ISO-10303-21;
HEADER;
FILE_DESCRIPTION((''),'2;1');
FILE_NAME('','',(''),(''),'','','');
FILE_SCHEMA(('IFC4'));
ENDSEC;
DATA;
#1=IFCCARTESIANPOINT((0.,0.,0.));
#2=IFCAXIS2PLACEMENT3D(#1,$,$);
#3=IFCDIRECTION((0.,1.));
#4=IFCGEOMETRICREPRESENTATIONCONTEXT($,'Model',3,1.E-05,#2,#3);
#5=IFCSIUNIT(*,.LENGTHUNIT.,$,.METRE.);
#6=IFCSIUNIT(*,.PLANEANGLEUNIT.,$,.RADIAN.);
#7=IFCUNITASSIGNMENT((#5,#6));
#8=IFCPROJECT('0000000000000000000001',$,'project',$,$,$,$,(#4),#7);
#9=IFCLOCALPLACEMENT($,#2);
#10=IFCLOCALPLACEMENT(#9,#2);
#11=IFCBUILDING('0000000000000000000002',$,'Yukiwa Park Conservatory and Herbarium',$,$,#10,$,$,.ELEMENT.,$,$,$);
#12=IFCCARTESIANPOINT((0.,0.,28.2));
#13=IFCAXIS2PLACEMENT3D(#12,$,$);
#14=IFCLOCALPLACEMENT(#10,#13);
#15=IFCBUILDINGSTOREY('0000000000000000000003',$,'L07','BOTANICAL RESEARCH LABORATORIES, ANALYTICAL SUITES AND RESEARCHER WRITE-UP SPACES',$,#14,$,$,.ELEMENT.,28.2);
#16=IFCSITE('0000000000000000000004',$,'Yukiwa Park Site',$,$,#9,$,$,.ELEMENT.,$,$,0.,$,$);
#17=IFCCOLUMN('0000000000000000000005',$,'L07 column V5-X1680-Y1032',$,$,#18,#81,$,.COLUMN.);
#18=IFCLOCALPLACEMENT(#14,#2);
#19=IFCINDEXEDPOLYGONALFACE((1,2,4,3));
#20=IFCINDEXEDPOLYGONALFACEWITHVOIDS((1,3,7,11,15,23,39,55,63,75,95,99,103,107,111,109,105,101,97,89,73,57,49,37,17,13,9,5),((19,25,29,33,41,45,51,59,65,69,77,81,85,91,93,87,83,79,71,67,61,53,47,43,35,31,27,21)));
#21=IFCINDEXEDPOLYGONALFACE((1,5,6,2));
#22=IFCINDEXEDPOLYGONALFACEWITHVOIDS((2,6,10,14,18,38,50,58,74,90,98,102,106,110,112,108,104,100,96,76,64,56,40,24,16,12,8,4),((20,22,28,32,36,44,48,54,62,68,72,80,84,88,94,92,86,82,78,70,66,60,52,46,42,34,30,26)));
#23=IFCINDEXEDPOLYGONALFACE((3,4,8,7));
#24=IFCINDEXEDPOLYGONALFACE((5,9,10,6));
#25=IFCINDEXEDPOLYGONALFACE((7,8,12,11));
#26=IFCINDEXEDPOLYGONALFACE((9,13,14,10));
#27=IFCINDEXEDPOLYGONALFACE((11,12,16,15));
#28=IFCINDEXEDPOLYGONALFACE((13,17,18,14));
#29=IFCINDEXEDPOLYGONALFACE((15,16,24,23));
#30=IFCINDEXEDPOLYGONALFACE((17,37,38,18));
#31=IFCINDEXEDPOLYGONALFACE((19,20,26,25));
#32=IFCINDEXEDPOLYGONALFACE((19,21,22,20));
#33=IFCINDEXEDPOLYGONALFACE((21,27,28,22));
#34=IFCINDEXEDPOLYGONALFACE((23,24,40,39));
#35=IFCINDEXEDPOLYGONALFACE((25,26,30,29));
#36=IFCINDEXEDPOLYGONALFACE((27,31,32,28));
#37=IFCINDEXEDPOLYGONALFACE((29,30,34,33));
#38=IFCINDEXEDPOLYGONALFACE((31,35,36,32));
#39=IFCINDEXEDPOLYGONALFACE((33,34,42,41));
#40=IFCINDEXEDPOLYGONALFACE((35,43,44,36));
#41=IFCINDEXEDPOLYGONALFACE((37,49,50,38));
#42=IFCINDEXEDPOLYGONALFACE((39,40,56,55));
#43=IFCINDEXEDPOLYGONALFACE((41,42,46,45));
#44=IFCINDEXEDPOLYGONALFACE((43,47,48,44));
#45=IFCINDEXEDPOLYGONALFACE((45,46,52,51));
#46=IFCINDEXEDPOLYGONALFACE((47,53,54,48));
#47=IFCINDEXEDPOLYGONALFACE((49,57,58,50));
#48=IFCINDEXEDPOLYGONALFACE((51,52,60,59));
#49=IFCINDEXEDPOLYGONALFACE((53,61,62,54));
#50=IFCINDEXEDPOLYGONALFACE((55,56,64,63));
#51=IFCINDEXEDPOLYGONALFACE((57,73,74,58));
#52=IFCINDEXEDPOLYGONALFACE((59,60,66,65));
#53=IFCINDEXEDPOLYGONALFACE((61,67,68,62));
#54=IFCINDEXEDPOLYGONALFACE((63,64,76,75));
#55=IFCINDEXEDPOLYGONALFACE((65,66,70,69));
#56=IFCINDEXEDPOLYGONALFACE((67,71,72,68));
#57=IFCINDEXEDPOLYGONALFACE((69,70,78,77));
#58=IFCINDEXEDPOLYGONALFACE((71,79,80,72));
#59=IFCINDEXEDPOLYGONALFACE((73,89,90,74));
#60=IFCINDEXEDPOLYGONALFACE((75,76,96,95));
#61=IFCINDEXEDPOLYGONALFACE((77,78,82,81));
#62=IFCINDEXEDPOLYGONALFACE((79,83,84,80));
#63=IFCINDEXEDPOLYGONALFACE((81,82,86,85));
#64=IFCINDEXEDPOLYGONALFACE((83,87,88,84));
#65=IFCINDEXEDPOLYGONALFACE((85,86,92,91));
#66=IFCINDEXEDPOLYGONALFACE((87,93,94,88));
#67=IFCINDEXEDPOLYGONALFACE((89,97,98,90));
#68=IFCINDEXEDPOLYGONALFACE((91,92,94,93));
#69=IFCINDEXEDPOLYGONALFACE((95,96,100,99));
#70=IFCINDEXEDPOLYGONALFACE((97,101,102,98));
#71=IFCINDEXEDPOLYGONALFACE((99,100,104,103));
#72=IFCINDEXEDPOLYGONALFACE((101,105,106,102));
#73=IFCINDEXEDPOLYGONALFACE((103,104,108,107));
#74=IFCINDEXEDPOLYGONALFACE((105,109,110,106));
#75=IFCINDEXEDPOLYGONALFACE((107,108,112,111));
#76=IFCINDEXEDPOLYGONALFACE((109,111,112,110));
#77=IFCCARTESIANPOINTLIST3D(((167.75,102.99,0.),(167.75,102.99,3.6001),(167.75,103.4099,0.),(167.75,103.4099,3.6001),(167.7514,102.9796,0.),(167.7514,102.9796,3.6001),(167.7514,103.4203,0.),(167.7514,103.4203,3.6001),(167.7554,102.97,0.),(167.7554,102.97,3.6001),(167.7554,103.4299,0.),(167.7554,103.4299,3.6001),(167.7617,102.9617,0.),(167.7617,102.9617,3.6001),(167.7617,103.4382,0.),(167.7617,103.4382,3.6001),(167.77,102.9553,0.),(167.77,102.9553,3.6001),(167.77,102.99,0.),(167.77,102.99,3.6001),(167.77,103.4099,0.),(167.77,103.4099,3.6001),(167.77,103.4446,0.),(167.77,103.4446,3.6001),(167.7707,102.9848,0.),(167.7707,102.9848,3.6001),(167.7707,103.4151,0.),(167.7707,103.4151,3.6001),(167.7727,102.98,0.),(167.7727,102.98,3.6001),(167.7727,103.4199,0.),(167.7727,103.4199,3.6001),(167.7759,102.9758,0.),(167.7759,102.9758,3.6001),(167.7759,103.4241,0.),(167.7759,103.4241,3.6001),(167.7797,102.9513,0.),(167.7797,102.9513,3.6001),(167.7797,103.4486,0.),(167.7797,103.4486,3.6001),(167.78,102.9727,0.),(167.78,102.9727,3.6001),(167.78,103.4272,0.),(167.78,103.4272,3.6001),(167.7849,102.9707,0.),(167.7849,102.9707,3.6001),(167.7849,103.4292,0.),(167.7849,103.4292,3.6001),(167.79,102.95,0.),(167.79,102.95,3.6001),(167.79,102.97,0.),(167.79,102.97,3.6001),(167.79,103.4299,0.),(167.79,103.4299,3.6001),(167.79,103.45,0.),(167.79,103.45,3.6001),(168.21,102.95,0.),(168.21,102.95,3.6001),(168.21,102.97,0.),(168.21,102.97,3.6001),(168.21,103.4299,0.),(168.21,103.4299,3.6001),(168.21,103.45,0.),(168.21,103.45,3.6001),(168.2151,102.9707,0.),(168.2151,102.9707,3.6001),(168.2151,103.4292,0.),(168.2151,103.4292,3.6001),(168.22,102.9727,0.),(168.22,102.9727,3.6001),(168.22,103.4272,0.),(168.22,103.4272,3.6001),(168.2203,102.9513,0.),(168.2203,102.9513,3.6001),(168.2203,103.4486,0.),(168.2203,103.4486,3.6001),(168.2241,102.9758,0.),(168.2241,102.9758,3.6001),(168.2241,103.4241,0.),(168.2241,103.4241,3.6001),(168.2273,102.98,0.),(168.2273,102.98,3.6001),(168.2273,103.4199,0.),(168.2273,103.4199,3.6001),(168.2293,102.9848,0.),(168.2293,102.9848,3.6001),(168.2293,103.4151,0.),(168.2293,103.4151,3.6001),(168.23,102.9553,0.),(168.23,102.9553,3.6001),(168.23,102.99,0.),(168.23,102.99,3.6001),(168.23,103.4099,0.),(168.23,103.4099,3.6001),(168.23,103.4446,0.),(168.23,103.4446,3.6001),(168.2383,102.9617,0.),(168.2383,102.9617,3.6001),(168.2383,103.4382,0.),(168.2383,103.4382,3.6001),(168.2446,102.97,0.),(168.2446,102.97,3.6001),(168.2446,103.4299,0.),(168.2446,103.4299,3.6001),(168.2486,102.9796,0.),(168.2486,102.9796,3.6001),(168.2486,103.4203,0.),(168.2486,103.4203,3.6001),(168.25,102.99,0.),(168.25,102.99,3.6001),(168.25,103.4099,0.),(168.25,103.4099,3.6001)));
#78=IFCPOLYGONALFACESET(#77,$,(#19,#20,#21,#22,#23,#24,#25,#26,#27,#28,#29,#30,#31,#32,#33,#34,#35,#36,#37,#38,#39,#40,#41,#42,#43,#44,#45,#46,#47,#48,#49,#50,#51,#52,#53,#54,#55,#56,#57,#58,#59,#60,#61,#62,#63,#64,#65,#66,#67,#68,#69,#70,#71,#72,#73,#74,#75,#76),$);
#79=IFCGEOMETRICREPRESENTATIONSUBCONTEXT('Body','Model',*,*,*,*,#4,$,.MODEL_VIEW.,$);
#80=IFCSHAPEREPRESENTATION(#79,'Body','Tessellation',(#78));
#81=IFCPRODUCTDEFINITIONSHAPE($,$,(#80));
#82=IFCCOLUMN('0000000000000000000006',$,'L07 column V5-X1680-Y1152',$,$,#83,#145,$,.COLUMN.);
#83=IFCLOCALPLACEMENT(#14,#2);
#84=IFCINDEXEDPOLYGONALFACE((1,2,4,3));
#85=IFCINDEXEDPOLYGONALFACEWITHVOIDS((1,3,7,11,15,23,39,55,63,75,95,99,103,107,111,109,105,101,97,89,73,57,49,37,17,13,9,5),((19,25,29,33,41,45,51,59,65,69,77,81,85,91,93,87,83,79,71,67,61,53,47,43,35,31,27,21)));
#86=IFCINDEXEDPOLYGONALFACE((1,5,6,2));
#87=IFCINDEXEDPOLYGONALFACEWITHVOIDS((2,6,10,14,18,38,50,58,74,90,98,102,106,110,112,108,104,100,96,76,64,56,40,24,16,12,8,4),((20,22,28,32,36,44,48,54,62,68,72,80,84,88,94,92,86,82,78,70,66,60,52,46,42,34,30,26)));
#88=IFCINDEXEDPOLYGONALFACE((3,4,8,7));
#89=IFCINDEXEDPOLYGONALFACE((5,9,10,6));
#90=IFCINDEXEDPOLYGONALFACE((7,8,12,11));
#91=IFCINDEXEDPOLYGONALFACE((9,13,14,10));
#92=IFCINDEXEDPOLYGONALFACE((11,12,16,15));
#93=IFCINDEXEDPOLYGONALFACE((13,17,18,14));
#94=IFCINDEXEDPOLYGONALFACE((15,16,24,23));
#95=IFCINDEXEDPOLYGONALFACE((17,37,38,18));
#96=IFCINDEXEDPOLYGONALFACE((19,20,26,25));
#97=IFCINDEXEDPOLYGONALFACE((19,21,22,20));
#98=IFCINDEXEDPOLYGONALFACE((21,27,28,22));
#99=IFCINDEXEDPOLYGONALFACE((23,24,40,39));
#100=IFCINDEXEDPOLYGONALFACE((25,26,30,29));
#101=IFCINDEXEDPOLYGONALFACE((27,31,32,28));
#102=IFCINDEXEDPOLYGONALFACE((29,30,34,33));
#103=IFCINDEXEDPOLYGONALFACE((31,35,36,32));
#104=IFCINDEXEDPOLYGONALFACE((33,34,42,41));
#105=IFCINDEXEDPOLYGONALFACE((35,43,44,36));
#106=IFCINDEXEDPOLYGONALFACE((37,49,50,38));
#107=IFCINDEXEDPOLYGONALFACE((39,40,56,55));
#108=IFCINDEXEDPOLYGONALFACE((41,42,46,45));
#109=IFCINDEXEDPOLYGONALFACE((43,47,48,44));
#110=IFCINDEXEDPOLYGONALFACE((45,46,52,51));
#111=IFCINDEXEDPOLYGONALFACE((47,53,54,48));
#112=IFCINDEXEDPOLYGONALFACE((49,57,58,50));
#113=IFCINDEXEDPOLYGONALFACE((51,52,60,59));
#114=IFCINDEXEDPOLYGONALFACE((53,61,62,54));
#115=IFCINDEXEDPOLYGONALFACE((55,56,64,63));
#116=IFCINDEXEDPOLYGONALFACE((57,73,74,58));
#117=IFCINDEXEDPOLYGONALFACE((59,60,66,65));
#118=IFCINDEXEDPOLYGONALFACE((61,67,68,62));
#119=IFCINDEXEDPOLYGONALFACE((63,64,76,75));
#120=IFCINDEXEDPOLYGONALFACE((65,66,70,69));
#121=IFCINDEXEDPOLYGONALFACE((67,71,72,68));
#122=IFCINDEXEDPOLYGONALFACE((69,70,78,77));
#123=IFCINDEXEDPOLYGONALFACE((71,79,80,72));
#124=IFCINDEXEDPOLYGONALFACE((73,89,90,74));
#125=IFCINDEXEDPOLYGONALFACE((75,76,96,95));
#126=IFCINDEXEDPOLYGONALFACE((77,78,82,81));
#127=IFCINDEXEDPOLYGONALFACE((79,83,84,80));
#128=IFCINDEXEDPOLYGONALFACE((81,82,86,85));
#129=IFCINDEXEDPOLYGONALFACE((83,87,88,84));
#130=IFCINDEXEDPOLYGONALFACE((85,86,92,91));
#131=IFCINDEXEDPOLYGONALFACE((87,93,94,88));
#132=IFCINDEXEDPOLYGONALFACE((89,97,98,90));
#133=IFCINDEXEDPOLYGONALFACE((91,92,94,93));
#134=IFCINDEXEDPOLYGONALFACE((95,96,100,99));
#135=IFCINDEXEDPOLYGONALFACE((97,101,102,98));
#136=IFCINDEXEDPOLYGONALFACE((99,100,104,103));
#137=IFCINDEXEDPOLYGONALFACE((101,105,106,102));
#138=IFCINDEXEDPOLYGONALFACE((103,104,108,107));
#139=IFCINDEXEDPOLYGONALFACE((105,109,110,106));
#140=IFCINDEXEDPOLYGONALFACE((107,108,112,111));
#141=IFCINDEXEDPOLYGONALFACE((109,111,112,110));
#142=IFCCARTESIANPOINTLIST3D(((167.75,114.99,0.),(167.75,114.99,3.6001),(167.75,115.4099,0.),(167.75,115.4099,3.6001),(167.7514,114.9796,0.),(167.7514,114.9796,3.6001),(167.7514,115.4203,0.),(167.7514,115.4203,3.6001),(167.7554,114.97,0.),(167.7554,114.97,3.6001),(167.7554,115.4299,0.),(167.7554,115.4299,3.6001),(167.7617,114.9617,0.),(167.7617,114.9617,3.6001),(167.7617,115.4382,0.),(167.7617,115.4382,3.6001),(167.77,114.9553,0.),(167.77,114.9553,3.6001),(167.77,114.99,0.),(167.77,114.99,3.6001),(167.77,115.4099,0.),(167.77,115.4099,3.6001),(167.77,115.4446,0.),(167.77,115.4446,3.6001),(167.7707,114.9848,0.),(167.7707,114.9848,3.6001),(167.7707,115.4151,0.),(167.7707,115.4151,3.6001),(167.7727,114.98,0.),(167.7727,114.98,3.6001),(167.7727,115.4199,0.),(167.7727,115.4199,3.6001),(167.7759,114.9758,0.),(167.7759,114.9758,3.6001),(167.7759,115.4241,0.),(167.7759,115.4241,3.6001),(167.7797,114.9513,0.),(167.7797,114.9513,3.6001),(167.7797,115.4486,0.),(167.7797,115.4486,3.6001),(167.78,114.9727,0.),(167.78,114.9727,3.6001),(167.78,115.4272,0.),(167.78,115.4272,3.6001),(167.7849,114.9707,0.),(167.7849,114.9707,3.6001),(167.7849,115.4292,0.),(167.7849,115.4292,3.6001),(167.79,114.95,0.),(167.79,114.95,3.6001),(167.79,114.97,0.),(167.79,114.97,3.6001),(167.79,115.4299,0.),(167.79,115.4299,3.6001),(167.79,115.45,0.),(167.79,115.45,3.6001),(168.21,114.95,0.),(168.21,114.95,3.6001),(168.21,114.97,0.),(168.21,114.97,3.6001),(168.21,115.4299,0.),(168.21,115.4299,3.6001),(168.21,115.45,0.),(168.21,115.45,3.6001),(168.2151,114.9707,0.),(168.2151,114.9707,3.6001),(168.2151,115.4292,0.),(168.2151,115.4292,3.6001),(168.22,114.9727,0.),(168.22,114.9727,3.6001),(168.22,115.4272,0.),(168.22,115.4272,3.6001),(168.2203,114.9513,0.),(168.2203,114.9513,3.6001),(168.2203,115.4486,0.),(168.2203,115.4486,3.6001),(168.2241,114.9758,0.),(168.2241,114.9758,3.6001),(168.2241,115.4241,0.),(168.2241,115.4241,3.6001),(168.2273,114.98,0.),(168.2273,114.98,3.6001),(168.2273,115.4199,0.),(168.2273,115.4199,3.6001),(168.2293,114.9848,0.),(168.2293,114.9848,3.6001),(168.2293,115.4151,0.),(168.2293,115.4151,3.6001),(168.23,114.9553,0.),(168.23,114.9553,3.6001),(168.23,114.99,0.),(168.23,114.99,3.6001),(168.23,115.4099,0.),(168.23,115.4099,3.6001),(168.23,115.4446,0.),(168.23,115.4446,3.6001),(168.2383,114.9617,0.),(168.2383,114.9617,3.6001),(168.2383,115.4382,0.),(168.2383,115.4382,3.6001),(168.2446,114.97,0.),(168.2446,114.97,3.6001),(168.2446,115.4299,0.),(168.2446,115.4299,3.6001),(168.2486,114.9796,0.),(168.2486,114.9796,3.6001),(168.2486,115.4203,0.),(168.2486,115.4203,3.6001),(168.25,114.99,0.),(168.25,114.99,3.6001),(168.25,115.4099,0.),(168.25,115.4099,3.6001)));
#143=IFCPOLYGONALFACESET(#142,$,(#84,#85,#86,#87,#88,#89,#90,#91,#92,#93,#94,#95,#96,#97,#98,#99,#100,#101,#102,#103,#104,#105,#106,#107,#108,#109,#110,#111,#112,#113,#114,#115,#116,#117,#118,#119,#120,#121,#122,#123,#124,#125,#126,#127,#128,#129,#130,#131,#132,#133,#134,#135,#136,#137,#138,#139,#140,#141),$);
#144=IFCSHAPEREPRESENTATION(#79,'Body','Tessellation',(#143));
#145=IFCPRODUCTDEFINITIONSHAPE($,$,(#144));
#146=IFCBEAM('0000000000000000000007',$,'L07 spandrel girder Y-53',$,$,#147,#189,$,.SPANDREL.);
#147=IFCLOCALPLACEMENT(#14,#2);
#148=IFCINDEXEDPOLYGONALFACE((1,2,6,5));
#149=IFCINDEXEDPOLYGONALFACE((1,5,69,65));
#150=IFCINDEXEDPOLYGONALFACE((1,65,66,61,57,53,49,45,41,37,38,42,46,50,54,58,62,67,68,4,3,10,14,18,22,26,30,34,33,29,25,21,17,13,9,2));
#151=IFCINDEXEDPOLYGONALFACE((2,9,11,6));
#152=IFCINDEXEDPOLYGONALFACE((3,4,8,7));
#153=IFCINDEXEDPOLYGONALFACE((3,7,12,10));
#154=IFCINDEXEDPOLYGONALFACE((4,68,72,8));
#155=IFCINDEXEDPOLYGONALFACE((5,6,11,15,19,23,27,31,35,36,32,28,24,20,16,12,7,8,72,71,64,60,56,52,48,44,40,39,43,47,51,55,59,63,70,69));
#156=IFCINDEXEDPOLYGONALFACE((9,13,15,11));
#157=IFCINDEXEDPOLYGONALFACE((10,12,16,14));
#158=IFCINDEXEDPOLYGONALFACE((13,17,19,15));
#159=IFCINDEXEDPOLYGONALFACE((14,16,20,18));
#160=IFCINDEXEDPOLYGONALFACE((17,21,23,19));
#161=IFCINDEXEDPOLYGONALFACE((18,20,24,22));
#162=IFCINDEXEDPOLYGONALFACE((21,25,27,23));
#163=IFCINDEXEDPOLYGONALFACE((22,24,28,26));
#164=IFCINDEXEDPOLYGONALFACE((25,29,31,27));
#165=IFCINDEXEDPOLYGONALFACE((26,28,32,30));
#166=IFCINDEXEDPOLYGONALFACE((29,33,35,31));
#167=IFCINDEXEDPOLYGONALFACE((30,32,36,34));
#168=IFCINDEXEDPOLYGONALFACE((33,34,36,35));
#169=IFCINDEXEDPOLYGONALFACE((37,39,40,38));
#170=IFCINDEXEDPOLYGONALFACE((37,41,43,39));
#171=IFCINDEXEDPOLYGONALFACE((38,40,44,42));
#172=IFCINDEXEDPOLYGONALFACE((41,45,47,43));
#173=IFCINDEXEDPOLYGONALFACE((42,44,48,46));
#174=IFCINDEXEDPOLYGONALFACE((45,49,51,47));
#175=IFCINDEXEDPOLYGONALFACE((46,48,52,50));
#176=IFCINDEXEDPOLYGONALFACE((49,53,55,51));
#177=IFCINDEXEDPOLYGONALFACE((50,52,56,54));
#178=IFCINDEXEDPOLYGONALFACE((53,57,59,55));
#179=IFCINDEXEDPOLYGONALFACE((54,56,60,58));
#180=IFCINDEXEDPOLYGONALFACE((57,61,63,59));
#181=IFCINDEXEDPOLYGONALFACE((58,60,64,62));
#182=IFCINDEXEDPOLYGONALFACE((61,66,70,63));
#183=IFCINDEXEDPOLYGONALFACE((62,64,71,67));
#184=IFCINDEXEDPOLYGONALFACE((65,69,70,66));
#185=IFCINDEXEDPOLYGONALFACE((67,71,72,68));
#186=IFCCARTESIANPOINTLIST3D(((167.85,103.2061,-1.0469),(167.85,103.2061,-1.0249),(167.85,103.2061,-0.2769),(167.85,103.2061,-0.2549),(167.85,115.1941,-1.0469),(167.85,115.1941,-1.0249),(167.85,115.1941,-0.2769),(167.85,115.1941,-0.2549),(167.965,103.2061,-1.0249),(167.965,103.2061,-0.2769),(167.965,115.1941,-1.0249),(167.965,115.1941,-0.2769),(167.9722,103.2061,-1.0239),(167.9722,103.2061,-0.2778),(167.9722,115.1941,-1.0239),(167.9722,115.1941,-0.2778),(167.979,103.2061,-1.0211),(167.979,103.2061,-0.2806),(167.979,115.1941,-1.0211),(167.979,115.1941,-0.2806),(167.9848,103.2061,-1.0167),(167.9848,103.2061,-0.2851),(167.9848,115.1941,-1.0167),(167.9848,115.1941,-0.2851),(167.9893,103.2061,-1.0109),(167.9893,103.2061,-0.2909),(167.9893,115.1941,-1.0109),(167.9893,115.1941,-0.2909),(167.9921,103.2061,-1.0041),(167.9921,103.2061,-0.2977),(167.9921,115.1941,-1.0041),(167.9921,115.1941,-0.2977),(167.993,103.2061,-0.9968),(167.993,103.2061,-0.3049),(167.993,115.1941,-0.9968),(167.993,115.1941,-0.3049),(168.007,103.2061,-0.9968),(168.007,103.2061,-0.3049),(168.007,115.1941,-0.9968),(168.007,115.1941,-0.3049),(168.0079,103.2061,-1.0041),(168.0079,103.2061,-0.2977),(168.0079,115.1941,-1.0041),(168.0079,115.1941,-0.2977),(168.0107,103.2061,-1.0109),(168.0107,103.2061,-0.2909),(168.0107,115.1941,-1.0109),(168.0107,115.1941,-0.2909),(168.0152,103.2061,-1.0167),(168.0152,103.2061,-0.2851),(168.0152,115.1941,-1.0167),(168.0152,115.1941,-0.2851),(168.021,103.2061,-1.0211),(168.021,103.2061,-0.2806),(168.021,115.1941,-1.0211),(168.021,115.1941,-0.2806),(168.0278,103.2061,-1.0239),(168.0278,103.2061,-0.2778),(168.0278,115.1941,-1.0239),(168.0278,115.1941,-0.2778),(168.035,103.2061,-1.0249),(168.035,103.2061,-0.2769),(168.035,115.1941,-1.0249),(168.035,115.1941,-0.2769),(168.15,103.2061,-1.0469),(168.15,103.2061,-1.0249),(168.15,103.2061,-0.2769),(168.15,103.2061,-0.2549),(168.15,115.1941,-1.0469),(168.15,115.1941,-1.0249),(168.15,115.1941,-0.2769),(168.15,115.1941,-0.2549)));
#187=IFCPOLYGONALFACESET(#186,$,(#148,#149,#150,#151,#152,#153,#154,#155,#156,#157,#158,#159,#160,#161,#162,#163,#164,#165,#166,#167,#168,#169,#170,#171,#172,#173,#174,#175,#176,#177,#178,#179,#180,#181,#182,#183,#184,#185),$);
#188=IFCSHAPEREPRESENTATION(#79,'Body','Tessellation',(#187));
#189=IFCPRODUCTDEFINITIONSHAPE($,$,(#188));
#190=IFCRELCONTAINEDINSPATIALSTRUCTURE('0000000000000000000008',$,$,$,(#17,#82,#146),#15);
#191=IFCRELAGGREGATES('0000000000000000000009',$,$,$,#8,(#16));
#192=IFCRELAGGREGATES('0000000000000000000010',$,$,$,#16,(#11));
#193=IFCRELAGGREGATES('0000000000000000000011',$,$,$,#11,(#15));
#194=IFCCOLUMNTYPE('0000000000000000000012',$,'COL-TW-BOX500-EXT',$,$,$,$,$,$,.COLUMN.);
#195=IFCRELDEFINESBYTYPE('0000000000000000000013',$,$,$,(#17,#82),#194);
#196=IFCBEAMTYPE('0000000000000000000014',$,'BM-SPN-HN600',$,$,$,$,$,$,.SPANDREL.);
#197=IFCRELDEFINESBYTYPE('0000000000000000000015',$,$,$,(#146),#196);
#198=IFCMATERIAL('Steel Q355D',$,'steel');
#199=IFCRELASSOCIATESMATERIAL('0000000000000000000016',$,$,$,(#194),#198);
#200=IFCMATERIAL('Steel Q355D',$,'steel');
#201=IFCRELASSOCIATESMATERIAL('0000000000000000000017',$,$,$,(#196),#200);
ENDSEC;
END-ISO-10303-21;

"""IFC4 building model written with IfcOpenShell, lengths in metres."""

from ifc_helpers import new_model, si_unit, direction, frame, origin, origin_2d, place, context, subcontext, project, spatial, hollow_rectangle, i_section, extrude, material, material_profile, profile_set, type_object, element, save


model = new_model("IFC4")

# Units and contexts
model_context = context("Model", 3, precision=1e-05, world=origin(), true_north=direction((0.0, 1.0)))
body_context = subcontext(model_context, "Body", "Model", "MODEL_VIEW")
ifc_project = project(units=[si_unit("LENGTHUNIT", "METRE"), si_unit("PLANEANGLEUNIT", "RADIAN")], contexts=[model_context])

# Site, building, storey
site_placement = place(None, origin())
site = spatial("IfcSite", under=ifc_project, at=site_placement, Name="Yukiwa Park Site", CompositionType="ELEMENT", RefElevation=0.0)
building_placement = place(site_placement, origin())
building = spatial("IfcBuilding", under=site, at=building_placement, Name="Yukiwa Park Conservatory and Herbarium", CompositionType="ELEMENT")
storey_placement = place(building_placement, frame((0.0, 0.0, 28.2)))
storey = spatial("IfcBuildingStorey", under=building, at=storey_placement, Name="L07", Description="BOTANICAL RESEARCH LABORATORIES, ANALYTICAL SUITES AND RESEARCHER WRITE-UP SPACES", CompositionType="ELEMENT", Elevation=28.2)

# Columns
ifc_material_1 = material(Name="Steel Q355D", Category="steel")
ifc_material_profile_1 = material_profile(ifc_material_1, hollow_rectangle(XDim=0.5, YDim=0.5, WallThickness=0.02, InnerFilletRadius=0.02, OuterFilletRadius=0.04, at=origin_2d()), Name="BOX 500x500x20")
ifc_profile_set_1 = profile_set([ifc_material_profile_1], Name="Steel Q355D")
column_type = type_object("IfcColumnType", Name="COL-TW-BOX500-EXT", PredefinedType="COLUMN", material=ifc_profile_set_1)
for number, where, z_axis, x_axis, name in (
    (1, (168.0, 103.2, 0.0), (0.0, 0.0, 1.0), (1.0, 0.0, 0.0), "L07 column V5-X1680-Y1032"),
    (2, (168.0, 115.2, 0.0), (0.0, 0.0, 1.0), (1.0, 0.0, 0.0), "L07 column V5-X1680-Y1152"),
):
    element("IfcColumn", number, at=place(storey_placement, frame(where, z_axis=z_axis, x_axis=x_axis)), inside=storey, type_object=column_type, Name=name, PredefinedType="COLUMN", context=body_context, shape_type="SweptSolid", body=[
        extrude(hollow_rectangle(XDim=0.5, YDim=0.5, WallThickness=0.02, InnerFilletRadius=0.02, OuterFilletRadius=0.04, at=origin_2d()), origin(), (0.0, 0.0, 1.0), 3.6001),
    ])

# Beam
ifc_material_2 = material(Name="Steel Q355D", Category="steel")
ifc_material_profile_2 = material_profile(ifc_material_2, i_section(OverallWidth=0.3, OverallDepth=0.792, WebThickness=0.0139, FlangeThickness=0.022, FilletRadius=0.0281, at=origin_2d()), Name="HN 792x300x14x22")
ifc_profile_set_2 = profile_set([ifc_material_profile_2], Name="Steel Q355D")
beam_type_1 = type_object("IfcBeamType", Name="BM-SPN-HN600", PredefinedType="SPANDREL", material=ifc_profile_set_2)
beam_1_placement = place(storey_placement, frame((168.0, 103.2061, -0.6509), z_axis=(0.0, 1.0, 0.0), x_axis=(-1.0, 0.0, 0.0)))
element("IfcBeam", 3, at=beam_1_placement, inside=storey, type_object=beam_type_1, Name="L07 spandrel girder Y-53", PredefinedType="SPANDREL", context=body_context, shape_type="SweptSolid", body=[
    extrude(i_section(OverallWidth=0.3, OverallDepth=0.792, WebThickness=0.0139, FlangeThickness=0.022, FilletRadius=0.0281, at=origin_2d()), origin(), (0.0, 0.0, 1.0), 11.988),
])

save(model, "model.ifc")
